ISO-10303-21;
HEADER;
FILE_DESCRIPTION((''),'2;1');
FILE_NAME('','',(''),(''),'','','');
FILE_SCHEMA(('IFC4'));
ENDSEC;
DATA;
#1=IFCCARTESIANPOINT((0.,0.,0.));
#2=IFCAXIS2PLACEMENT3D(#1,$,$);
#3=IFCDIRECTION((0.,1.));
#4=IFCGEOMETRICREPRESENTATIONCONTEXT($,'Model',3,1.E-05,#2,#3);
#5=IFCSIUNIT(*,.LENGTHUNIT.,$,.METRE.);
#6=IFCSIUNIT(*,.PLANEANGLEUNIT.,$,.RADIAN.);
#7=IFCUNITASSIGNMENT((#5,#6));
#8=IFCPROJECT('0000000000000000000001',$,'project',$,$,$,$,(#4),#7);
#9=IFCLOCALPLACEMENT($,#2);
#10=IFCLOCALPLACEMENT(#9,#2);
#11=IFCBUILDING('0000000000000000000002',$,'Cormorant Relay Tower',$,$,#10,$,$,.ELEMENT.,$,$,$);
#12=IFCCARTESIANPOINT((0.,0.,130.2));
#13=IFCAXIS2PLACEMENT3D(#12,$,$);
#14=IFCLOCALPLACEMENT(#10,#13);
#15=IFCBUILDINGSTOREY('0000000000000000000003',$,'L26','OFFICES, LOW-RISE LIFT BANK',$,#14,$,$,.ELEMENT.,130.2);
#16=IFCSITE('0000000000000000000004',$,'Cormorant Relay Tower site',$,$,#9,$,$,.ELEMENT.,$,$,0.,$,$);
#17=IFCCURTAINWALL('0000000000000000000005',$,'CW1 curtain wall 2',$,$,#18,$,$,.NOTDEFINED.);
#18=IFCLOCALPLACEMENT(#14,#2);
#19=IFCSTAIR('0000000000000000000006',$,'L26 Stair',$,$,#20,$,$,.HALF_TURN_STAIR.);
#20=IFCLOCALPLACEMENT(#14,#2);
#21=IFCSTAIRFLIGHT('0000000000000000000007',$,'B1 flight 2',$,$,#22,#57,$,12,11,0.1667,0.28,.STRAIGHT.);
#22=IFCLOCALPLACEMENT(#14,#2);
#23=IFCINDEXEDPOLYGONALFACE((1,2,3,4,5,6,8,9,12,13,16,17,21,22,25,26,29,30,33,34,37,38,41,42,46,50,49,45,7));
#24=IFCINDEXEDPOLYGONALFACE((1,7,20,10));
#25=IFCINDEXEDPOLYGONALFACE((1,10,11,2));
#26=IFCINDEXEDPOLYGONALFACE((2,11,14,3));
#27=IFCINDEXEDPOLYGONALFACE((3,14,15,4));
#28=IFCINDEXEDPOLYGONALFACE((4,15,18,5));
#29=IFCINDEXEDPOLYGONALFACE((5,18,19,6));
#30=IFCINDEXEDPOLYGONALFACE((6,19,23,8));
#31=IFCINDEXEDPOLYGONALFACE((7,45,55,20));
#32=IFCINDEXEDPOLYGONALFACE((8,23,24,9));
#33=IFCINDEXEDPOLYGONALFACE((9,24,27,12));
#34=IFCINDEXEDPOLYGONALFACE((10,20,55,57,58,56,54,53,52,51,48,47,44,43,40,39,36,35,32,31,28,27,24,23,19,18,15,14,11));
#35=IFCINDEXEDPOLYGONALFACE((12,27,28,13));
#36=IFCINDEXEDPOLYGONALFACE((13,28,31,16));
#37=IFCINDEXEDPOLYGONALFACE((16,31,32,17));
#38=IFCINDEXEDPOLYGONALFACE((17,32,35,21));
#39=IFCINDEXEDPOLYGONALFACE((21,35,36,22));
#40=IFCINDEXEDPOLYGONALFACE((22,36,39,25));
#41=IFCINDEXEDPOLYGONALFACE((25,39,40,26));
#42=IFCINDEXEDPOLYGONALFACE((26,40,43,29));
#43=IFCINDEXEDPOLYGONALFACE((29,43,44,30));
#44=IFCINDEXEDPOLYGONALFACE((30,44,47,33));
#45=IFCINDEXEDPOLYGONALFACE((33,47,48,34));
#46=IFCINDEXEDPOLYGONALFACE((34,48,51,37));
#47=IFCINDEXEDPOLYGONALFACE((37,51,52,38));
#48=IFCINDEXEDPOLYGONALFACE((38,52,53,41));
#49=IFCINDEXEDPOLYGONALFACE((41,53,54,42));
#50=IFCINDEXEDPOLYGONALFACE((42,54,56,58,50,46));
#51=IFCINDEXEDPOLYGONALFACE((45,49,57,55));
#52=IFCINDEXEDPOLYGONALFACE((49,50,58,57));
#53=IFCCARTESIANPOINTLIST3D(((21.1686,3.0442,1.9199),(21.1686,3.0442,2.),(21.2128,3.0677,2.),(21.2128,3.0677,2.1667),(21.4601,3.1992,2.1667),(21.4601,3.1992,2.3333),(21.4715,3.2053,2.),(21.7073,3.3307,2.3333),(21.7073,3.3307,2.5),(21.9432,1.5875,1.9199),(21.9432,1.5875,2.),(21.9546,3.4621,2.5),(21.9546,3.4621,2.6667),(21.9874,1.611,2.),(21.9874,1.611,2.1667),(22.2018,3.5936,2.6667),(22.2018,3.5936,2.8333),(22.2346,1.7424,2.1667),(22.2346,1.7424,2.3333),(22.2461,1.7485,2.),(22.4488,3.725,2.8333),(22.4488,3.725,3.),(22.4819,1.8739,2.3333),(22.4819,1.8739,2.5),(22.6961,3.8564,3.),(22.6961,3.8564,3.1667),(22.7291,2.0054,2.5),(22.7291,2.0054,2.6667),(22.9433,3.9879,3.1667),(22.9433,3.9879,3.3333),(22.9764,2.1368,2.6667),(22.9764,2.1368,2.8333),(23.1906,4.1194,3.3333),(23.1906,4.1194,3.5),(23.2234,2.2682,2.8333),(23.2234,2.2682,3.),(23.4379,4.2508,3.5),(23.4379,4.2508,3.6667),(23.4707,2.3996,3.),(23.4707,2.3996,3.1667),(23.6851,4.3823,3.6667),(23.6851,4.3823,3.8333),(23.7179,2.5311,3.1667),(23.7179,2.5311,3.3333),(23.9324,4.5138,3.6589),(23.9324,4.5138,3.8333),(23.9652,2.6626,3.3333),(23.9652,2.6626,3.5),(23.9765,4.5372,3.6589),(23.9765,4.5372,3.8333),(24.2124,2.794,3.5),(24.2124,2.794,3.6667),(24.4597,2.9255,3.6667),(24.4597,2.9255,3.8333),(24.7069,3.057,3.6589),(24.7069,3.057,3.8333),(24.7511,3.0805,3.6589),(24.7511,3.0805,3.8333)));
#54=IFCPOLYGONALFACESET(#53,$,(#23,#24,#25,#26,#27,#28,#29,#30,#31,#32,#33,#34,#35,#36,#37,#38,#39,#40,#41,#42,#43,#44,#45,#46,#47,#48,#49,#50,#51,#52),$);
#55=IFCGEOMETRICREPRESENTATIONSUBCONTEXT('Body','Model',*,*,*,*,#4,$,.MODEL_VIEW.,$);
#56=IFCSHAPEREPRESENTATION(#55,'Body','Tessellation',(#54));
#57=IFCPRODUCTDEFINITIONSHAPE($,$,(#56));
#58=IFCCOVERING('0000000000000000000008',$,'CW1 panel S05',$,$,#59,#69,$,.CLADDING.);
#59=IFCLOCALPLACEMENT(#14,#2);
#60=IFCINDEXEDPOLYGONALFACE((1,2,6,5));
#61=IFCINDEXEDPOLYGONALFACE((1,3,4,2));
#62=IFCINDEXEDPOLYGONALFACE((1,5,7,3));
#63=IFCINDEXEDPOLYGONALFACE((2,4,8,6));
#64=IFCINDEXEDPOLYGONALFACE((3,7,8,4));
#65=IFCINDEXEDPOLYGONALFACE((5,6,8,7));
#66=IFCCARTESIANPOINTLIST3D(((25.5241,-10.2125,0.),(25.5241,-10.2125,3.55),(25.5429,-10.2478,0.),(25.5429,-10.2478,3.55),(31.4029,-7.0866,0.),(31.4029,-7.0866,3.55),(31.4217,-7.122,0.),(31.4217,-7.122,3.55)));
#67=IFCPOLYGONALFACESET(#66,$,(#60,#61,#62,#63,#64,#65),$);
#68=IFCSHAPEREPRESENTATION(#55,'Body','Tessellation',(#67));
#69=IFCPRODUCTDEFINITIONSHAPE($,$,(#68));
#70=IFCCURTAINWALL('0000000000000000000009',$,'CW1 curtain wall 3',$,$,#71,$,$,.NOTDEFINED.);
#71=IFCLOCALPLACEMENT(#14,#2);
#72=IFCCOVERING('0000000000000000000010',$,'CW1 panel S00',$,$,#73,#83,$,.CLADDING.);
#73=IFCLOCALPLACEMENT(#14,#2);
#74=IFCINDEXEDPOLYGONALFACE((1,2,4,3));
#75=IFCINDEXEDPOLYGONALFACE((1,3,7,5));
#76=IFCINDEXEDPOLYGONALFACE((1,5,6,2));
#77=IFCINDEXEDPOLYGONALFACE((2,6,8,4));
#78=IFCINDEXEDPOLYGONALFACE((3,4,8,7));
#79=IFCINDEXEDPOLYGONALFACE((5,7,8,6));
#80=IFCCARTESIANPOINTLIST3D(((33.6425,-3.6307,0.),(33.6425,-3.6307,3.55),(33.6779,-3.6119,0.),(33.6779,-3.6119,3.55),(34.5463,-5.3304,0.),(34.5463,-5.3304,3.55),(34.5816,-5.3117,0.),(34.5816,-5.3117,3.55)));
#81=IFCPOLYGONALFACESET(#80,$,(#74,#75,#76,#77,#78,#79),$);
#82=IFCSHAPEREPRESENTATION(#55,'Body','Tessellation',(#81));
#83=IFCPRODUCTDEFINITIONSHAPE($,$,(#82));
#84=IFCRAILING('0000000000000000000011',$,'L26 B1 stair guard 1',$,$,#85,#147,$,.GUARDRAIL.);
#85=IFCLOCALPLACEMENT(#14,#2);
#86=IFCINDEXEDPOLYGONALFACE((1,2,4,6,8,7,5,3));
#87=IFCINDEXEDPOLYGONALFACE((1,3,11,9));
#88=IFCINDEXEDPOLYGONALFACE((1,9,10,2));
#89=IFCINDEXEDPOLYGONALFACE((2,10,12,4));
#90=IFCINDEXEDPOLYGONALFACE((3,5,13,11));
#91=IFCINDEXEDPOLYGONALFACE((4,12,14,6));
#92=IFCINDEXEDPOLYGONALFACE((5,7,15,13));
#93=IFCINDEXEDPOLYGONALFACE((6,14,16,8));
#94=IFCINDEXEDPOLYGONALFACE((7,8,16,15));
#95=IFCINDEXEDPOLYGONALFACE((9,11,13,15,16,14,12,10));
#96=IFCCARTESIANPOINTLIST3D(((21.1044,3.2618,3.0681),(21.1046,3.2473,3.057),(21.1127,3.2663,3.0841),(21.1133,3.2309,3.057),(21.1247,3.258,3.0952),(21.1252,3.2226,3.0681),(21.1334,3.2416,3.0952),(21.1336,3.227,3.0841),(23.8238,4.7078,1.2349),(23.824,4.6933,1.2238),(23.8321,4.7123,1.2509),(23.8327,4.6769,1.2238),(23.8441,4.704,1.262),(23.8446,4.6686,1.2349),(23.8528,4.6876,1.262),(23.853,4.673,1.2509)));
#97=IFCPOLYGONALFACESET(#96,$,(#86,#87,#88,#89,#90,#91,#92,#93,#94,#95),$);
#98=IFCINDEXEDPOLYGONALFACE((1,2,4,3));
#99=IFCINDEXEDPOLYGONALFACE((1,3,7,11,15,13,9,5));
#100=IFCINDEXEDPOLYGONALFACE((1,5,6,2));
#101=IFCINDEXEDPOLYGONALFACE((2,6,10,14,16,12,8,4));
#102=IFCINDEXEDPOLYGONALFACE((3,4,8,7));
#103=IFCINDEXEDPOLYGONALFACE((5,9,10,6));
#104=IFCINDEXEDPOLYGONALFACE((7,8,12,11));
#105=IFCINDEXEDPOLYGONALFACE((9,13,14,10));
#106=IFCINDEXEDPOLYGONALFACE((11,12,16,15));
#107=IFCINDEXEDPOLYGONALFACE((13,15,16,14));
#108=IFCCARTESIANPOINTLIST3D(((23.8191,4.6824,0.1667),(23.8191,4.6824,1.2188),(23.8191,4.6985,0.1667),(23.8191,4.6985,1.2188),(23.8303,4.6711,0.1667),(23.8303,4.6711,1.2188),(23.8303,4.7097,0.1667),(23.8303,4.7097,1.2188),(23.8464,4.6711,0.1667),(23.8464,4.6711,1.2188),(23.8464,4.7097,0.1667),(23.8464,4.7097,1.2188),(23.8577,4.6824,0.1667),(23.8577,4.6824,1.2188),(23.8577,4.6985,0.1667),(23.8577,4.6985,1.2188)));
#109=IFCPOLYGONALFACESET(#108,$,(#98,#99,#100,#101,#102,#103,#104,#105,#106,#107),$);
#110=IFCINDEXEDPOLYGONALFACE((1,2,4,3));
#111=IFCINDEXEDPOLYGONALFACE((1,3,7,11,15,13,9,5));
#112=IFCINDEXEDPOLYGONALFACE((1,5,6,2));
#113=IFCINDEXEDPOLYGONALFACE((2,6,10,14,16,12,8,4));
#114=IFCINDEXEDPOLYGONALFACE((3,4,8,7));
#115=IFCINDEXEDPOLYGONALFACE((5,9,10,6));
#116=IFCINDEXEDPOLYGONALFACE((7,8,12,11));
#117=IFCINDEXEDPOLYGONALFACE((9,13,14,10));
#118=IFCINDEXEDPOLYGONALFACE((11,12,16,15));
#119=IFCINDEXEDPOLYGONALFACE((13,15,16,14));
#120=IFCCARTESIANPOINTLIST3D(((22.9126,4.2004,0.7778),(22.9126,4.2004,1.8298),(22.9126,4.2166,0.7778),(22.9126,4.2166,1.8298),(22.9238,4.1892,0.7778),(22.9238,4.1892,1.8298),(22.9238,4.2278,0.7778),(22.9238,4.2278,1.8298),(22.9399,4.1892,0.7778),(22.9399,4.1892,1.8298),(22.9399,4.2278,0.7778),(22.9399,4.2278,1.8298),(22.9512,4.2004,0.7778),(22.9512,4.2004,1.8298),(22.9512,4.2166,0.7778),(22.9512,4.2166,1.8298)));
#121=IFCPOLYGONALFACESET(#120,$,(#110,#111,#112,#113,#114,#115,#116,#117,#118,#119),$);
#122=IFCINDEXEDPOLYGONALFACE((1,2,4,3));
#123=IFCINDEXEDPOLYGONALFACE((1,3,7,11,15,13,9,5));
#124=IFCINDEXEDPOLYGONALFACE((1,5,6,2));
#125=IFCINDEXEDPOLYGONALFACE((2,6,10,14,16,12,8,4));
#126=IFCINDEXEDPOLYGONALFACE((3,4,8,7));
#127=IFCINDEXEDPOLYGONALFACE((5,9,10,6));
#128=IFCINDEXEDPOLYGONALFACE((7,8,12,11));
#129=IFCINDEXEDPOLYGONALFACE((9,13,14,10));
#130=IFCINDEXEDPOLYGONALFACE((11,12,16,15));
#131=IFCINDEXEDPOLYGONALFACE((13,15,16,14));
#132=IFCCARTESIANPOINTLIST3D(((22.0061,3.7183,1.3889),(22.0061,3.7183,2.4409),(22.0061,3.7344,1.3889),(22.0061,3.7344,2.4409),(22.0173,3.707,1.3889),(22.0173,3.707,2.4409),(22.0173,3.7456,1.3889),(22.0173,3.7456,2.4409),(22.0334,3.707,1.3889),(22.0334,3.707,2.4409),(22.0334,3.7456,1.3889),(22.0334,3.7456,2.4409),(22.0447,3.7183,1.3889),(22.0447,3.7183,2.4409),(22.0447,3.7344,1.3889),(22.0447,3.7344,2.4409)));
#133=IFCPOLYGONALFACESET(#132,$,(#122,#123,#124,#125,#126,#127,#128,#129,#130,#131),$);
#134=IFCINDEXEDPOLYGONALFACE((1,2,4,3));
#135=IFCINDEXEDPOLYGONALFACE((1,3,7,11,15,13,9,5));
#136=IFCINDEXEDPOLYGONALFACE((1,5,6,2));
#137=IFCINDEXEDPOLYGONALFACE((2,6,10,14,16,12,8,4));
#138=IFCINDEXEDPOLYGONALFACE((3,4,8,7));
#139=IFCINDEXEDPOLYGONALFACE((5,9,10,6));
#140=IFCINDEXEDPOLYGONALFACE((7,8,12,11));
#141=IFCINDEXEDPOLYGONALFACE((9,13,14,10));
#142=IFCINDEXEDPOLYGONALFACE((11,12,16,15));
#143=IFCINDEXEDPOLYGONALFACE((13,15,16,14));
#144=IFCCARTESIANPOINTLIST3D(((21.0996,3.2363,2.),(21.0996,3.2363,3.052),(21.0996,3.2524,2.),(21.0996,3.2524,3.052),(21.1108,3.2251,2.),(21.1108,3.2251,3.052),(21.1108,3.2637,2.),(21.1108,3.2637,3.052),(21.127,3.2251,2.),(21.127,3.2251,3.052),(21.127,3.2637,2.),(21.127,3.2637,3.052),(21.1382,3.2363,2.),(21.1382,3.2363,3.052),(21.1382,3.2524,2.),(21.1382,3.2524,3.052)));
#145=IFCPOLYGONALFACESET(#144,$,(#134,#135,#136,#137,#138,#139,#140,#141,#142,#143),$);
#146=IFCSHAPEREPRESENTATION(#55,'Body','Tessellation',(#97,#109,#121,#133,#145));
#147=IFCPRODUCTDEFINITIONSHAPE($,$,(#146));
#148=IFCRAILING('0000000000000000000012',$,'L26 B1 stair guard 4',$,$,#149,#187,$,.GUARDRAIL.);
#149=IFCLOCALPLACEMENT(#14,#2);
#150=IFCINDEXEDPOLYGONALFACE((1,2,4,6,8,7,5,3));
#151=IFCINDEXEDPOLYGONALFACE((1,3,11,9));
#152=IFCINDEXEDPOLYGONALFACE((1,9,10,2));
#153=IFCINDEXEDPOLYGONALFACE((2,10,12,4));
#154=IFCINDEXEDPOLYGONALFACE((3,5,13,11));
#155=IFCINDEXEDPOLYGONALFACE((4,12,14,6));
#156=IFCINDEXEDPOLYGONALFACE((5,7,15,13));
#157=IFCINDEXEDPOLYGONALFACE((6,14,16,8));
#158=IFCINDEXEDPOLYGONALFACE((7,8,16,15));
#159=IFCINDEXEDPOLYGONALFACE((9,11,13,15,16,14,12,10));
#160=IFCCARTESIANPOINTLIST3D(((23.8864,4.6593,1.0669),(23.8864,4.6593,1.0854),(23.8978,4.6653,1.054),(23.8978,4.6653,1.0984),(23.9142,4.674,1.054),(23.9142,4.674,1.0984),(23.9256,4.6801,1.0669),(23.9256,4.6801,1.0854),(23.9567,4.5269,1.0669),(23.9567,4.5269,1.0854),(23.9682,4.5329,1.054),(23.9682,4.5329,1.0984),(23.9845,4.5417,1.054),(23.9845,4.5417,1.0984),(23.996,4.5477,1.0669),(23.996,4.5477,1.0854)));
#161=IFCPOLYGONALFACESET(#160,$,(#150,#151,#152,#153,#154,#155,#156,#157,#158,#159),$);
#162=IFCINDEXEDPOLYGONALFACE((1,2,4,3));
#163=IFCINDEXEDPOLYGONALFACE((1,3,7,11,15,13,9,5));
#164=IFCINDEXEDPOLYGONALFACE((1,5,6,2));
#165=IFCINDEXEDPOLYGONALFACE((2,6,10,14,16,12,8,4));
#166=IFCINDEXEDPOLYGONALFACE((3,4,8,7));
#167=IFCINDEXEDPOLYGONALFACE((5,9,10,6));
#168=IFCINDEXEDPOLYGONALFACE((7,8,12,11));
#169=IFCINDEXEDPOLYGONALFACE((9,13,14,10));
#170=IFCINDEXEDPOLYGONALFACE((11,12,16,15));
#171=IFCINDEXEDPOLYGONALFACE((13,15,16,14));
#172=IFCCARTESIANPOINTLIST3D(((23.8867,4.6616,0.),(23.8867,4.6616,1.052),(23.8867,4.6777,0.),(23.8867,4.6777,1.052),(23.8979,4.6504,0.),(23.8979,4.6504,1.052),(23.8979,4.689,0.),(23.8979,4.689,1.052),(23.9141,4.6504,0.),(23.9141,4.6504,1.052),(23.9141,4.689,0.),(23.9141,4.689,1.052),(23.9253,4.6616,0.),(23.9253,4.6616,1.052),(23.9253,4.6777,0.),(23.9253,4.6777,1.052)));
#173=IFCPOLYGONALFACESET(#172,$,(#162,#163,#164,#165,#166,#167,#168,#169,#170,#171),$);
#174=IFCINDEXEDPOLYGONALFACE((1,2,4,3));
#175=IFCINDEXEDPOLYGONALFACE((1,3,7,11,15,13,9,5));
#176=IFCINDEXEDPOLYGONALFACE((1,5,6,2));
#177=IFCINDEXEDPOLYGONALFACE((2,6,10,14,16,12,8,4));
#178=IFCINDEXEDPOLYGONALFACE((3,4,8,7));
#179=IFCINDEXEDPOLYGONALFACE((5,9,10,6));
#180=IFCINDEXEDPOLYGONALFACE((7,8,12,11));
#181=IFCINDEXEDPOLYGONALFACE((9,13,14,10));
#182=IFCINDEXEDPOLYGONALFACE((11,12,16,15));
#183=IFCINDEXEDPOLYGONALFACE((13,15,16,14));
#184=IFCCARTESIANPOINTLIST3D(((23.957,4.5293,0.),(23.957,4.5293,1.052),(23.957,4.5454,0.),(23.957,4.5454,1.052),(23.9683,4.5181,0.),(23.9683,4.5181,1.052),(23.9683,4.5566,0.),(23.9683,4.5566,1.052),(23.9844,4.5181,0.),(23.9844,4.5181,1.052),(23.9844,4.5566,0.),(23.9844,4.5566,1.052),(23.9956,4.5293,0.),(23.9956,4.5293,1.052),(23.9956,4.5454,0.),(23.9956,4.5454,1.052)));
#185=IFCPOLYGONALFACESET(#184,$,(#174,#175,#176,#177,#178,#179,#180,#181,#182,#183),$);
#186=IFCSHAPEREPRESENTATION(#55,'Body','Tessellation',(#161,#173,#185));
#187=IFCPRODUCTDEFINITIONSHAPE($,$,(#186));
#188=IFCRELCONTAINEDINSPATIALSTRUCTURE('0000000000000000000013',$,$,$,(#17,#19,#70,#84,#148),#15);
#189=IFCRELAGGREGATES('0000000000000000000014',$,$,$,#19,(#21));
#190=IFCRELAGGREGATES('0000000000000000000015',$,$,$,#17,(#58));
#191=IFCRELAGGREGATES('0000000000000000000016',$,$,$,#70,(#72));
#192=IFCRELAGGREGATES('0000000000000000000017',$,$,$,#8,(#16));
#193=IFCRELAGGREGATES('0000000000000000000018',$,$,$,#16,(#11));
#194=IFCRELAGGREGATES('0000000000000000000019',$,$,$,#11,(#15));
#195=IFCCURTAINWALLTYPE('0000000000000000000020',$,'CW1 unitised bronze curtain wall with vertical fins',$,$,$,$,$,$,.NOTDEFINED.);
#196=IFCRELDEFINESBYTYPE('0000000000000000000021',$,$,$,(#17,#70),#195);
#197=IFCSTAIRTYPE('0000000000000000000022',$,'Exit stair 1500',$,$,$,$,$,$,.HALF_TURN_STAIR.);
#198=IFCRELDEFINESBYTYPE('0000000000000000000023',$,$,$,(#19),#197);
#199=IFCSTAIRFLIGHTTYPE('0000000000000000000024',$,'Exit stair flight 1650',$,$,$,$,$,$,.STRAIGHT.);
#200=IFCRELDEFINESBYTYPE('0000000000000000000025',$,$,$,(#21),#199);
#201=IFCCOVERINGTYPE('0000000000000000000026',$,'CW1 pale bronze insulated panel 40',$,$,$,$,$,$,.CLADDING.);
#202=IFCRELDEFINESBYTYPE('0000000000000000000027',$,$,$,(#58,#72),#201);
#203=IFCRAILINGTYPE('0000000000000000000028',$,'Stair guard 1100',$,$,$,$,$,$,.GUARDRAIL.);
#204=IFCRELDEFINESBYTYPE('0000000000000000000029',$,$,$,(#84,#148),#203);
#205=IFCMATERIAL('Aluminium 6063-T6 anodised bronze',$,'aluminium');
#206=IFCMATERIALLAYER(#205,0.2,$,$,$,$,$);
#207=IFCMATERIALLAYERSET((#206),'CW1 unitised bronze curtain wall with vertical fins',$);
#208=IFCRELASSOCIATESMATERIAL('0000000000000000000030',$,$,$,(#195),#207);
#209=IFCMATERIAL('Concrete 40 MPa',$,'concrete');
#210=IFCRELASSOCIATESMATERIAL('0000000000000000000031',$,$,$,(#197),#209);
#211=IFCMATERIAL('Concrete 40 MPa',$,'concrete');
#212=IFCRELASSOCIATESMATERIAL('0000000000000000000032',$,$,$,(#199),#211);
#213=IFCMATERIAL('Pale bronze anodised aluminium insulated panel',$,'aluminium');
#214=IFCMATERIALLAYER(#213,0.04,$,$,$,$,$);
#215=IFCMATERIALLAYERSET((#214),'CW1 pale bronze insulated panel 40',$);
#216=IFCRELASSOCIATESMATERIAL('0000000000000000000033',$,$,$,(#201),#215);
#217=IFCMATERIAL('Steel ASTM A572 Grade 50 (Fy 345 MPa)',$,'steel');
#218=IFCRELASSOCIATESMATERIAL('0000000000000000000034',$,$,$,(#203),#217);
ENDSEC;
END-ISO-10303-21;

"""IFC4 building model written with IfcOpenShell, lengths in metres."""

from ifc_helpers import new_model, si_unit, direction, frame, origin, origin_2d, place, context, subcontext, project, spatial, polyline, rectangle, outline, extrude, material, layer, layer_set, type_object, element, aggregate, save


model = new_model("IFC4")

# Units and contexts
model_context = context("Model", 3, precision=1e-05, world=origin(), true_north=direction((0.0, 1.0)))
body_context = subcontext(model_context, "Body", "Model", "MODEL_VIEW")
ifc_project = project(units=[si_unit("LENGTHUNIT", "METRE"), si_unit("PLANEANGLEUNIT", "RADIAN")], contexts=[model_context])

# Site, building, storey
site_placement = place(None, origin())
site = spatial("IfcSite", under=ifc_project, at=site_placement, Name="Cormorant Relay Tower site", CompositionType="ELEMENT", RefElevation=0.0)
building_placement = place(site_placement, origin())
building = spatial("IfcBuilding", under=site, at=building_placement, Name="Cormorant Relay Tower", CompositionType="ELEMENT")
storey_placement = place(building_placement, frame((0.0, 0.0, 130.2)))
storey = spatial("IfcBuildingStorey", under=building, at=storey_placement, Name="L26", Description="OFFICES, LOW-RISE LIFT BANK", CompositionType="ELEMENT", Elevation=130.2)

# Curtain wall
ifc_material_1 = material(Name="Aluminium 6063-T6 anodised bronze", Category="aluminium")
ifc_layer_1 = layer(ifc_material_1, 0.2)
ifc_layer_set_1 = layer_set([ifc_layer_1], Name="CW1 unitised bronze curtain wall with vertical fins")
curtain_wall_type = type_object("IfcCurtainWallType", Name="CW1 unitised bronze curtain wall with vertical fins", PredefinedType="NOTDEFINED", material=ifc_layer_set_1)
curtain_wall_1_placement = place(storey_placement, origin())
curtain_wall_1 = element("IfcCurtainWall", 1, at=curtain_wall_1_placement, inside=storey, type_object=curtain_wall_type, Name="CW1 curtain wall 2", PredefinedType="NOTDEFINED")

# Stair, stair flight
ifc_material_2 = material(Name="Concrete 40 MPa", Category="concrete")
stair_type = type_object("IfcStairType", Name="Exit stair 1500", PredefinedType="HALF_TURN_STAIR", material=ifc_material_2)
stair_placement = place(storey_placement, origin())
stair = element("IfcStair", 2, at=stair_placement, inside=storey, type_object=stair_type, Name="L26 Stair", PredefinedType="HALF_TURN_STAIR")
ifc_material_3 = material(Name="Concrete 40 MPa", Category="concrete")
stair_flight_type = type_object("IfcStairFlightType", Name="Exit stair flight 1650", PredefinedType="STRAIGHT", material=ifc_material_3)
stair_flight_1_placement = place(storey_placement, frame((21.6001, 2.3394, 2.0), z_axis=(0.0, 0.0, 1.0), x_axis=(0.882948, 0.469472, 0.0)))
stair_flight_1 = element("IfcStairFlight", 3, at=stair_flight_1_placement, type_object=stair_flight_type, Name="B1 flight 2", NumberOfRisers=12, NumberOfTreads=11, PredefinedType="STRAIGHT", RiserHeight=0.1667, TreadLength=0.28, context=body_context, shape_type="SweptSolid", body=[
    extrude(outline(polyline([(-0.05, -0.0801), (-0.05, 0.0), (0.0, 0.0), (0.0, 0.1667), (0.28, 0.1667), (0.28, 0.3333), (0.5601, 0.3333), (0.5601, 0.5), (0.8401, 0.5), (0.8401, 0.6667), (1.1201, 0.6667), (1.1201, 0.8333), (1.3999, 0.8333), (1.3999, 1.0), (1.6799, 1.0), (1.6799, 1.1667), (1.96, 1.1667), (1.96, 1.3333), (2.24, 1.3333), (2.24, 1.5), (2.52, 1.5), (2.52, 1.6667), (2.8, 1.6667), (2.8, 1.8333), (3.0801, 1.8333), (3.1301, 1.8333), (3.1301, 1.6589), (3.0801, 1.6589), (0.293, 0.0), (-0.05, -0.0801)])), frame((0.0, 0.825, 0.0), z_axis=(0.0, -1.0, 0.0), x_axis=(1.0, 0.0, 0.0)), (0.0, 0.0, 1.0), 1.6499),
])
aggregate(stair, [stair_flight_1])

# Covering
ifc_material_4 = material(Name="Pale bronze anodised aluminium insulated panel", Category="aluminium")
ifc_layer_2 = layer(ifc_material_4, 0.04)
ifc_layer_set_2 = layer_set([ifc_layer_2], Name="CW1 pale bronze insulated panel 40")
covering_type = type_object("IfcCoveringType", Name="CW1 pale bronze insulated panel 40", PredefinedType="CLADDING", material=ifc_layer_set_2)
covering_1_placement = place(storey_placement, frame((28.4729, -8.6672, 0.0), z_axis=(0.0, 0.0, 1.0), x_axis=(0.882948, 0.469472, 0.0)))
covering_1 = element("IfcCovering", 4, at=covering_1_placement, type_object=covering_type, Name="CW1 panel S05", PredefinedType="CLADDING", context=body_context, shape_type="SweptSolid", body=[
    extrude(rectangle(XDim=6.6582, YDim=0.04, at=origin_2d()), origin(), (0.0, 0.0, 1.0), 3.55),
])
aggregate(curtain_wall_1, [covering_1])

# Curtain wall, covering
curtain_wall_2_placement = place(storey_placement, origin())
curtain_wall_2 = element("IfcCurtainWall", 5, at=curtain_wall_2_placement, inside=storey, type_object=curtain_wall_type, Name="CW1 curtain wall 3", PredefinedType="NOTDEFINED")
covering_2_placement = place(storey_placement, frame((34.1121, -4.4712, 0.0), z_axis=(0.0, 0.0, 1.0), x_axis=(-0.469472, 0.882948, 0.0)))
covering_2 = element("IfcCovering", 6, at=covering_2_placement, type_object=covering_type, Name="CW1 panel S00", PredefinedType="CLADDING", context=body_context, shape_type="SweptSolid", body=[
    extrude(rectangle(XDim=1.925, YDim=0.04, at=origin_2d()), origin(), (0.0, 0.0, 1.0), 3.55),
])
aggregate(curtain_wall_2, [covering_2])

# Railings
ifc_material_5 = material(Name="Steel ASTM A572 Grade 50 (Fy 345 MPa)", Category="steel")
railing_type_1 = type_object("IfcRailingType", Name="Stair guard 1100", PredefinedType="GUARDRAIL", material=ifc_material_5)
railing_1_placement = place(storey_placement, frame((23.8384, 4.6904, 0.1667)))
element("IfcRailing", 7, at=railing_1_placement, inside=storey, type_object=railing_type_1, Name="L26 B1 stair guard 1", PredefinedType="GUARDRAIL", context=body_context, shape_type="SweptSolid", body=[
    extrude(outline(polyline([(0.0222, 0.0093), (0.0093, 0.0222), (-0.0093, 0.0222), (-0.0222, 0.0093), (-0.0222, -0.0093), (-0.0093, -0.0222), (0.0093, -0.0222), (0.0222, -0.0093), (0.0222, 0.0093)])), frame((0.0, 0.0, 1.0762), z_axis=(-0.758714, -0.403435, 0.511463), x_axis=(0.469489, -0.882938, 0.0)), (0.0, 0.0, 1.0), 3.5842),
    extrude(outline(polyline([(0.0193, 0.0081), (0.0081, 0.0193), (-0.0081, 0.0193), (-0.0193, 0.0081), (-0.0193, -0.0081), (-0.0081, -0.0193), (0.0081, -0.0193), (0.0193, -0.0081), (0.0193, 0.0081)])), origin(), (0.0, 0.0, 1.0), 1.052),
    extrude(outline(polyline([(0.0193, 0.0081), (0.0081, 0.0193), (-0.0081, 0.0193), (-0.0193, 0.0081), (-0.0193, -0.0081), (-0.0081, -0.0193), (0.0081, -0.0193), (0.0193, -0.0081), (0.0193, 0.0081)])), frame((-0.9065, -0.4819, 0.6111)), (0.0, 0.0, 1.0), 1.052),
    extrude(outline(polyline([(0.0193, 0.0081), (0.0081, 0.0193), (-0.0081, 0.0193), (-0.0193, 0.0081), (-0.0193, -0.0081), (-0.0081, -0.0193), (0.0081, -0.0193), (0.0193, -0.0081), (0.0193, 0.0081)])), frame((-1.813, -0.9641, 1.2222)), (0.0, 0.0, 1.0), 1.052),
    extrude(outline(polyline([(0.0193, 0.0081), (0.0081, 0.0193), (-0.0081, 0.0193), (-0.0193, 0.0081), (-0.0193, -0.0081), (-0.0081, -0.0193), (0.0081, -0.0193), (0.0193, -0.0081), (0.0193, 0.0081)])), frame((-2.7195, -1.446, 1.8333)), (0.0, 0.0, 1.0), 1.052),
])
railing_2_placement = place(storey_placement, frame((23.906, 4.6697, 0.0)))
element("IfcRailing", 8, at=railing_2_placement, inside=storey, type_object=railing_type_1, Name="L26 B1 stair guard 4", PredefinedType="GUARDRAIL", context=body_context, shape_type="SweptSolid", body=[
    extrude(outline(polyline([(0.0222, 0.0093), (0.0093, 0.0222), (-0.0093, 0.0222), (-0.0222, 0.0093), (-0.0222, -0.0093), (-0.0093, -0.0222), (0.0093, -0.0222), (0.0222, -0.0093), (0.0222, 0.0093)])), frame((0.0, 0.0, 1.0762), z_axis=(0.469235, -0.883074, 0.0), x_axis=(0.883074, 0.469235, 0.0)), (0.0, 0.0, 1.0), 0.1499),
    extrude(outline(polyline([(0.0193, 0.0081), (0.0081, 0.0193), (-0.0081, 0.0193), (-0.0193, 0.0081), (-0.0193, -0.0081), (-0.0081, -0.0193), (0.0081, -0.0193), (0.0193, -0.0081), (0.0193, 0.0081)])), origin(), (0.0, 0.0, 1.0), 1.052),
    extrude(outline(polyline([(0.0193, 0.0081), (0.0081, 0.0193), (-0.0081, 0.0193), (-0.0193, 0.0081), (-0.0193, -0.0081), (-0.0081, -0.0193), (0.0081, -0.0193), (0.0193, -0.0081), (0.0193, 0.0081)])), frame((0.0703, -0.1323, 0.0)), (0.0, 0.0, 1.0), 1.052),
])

save(model, "model.ifc")
